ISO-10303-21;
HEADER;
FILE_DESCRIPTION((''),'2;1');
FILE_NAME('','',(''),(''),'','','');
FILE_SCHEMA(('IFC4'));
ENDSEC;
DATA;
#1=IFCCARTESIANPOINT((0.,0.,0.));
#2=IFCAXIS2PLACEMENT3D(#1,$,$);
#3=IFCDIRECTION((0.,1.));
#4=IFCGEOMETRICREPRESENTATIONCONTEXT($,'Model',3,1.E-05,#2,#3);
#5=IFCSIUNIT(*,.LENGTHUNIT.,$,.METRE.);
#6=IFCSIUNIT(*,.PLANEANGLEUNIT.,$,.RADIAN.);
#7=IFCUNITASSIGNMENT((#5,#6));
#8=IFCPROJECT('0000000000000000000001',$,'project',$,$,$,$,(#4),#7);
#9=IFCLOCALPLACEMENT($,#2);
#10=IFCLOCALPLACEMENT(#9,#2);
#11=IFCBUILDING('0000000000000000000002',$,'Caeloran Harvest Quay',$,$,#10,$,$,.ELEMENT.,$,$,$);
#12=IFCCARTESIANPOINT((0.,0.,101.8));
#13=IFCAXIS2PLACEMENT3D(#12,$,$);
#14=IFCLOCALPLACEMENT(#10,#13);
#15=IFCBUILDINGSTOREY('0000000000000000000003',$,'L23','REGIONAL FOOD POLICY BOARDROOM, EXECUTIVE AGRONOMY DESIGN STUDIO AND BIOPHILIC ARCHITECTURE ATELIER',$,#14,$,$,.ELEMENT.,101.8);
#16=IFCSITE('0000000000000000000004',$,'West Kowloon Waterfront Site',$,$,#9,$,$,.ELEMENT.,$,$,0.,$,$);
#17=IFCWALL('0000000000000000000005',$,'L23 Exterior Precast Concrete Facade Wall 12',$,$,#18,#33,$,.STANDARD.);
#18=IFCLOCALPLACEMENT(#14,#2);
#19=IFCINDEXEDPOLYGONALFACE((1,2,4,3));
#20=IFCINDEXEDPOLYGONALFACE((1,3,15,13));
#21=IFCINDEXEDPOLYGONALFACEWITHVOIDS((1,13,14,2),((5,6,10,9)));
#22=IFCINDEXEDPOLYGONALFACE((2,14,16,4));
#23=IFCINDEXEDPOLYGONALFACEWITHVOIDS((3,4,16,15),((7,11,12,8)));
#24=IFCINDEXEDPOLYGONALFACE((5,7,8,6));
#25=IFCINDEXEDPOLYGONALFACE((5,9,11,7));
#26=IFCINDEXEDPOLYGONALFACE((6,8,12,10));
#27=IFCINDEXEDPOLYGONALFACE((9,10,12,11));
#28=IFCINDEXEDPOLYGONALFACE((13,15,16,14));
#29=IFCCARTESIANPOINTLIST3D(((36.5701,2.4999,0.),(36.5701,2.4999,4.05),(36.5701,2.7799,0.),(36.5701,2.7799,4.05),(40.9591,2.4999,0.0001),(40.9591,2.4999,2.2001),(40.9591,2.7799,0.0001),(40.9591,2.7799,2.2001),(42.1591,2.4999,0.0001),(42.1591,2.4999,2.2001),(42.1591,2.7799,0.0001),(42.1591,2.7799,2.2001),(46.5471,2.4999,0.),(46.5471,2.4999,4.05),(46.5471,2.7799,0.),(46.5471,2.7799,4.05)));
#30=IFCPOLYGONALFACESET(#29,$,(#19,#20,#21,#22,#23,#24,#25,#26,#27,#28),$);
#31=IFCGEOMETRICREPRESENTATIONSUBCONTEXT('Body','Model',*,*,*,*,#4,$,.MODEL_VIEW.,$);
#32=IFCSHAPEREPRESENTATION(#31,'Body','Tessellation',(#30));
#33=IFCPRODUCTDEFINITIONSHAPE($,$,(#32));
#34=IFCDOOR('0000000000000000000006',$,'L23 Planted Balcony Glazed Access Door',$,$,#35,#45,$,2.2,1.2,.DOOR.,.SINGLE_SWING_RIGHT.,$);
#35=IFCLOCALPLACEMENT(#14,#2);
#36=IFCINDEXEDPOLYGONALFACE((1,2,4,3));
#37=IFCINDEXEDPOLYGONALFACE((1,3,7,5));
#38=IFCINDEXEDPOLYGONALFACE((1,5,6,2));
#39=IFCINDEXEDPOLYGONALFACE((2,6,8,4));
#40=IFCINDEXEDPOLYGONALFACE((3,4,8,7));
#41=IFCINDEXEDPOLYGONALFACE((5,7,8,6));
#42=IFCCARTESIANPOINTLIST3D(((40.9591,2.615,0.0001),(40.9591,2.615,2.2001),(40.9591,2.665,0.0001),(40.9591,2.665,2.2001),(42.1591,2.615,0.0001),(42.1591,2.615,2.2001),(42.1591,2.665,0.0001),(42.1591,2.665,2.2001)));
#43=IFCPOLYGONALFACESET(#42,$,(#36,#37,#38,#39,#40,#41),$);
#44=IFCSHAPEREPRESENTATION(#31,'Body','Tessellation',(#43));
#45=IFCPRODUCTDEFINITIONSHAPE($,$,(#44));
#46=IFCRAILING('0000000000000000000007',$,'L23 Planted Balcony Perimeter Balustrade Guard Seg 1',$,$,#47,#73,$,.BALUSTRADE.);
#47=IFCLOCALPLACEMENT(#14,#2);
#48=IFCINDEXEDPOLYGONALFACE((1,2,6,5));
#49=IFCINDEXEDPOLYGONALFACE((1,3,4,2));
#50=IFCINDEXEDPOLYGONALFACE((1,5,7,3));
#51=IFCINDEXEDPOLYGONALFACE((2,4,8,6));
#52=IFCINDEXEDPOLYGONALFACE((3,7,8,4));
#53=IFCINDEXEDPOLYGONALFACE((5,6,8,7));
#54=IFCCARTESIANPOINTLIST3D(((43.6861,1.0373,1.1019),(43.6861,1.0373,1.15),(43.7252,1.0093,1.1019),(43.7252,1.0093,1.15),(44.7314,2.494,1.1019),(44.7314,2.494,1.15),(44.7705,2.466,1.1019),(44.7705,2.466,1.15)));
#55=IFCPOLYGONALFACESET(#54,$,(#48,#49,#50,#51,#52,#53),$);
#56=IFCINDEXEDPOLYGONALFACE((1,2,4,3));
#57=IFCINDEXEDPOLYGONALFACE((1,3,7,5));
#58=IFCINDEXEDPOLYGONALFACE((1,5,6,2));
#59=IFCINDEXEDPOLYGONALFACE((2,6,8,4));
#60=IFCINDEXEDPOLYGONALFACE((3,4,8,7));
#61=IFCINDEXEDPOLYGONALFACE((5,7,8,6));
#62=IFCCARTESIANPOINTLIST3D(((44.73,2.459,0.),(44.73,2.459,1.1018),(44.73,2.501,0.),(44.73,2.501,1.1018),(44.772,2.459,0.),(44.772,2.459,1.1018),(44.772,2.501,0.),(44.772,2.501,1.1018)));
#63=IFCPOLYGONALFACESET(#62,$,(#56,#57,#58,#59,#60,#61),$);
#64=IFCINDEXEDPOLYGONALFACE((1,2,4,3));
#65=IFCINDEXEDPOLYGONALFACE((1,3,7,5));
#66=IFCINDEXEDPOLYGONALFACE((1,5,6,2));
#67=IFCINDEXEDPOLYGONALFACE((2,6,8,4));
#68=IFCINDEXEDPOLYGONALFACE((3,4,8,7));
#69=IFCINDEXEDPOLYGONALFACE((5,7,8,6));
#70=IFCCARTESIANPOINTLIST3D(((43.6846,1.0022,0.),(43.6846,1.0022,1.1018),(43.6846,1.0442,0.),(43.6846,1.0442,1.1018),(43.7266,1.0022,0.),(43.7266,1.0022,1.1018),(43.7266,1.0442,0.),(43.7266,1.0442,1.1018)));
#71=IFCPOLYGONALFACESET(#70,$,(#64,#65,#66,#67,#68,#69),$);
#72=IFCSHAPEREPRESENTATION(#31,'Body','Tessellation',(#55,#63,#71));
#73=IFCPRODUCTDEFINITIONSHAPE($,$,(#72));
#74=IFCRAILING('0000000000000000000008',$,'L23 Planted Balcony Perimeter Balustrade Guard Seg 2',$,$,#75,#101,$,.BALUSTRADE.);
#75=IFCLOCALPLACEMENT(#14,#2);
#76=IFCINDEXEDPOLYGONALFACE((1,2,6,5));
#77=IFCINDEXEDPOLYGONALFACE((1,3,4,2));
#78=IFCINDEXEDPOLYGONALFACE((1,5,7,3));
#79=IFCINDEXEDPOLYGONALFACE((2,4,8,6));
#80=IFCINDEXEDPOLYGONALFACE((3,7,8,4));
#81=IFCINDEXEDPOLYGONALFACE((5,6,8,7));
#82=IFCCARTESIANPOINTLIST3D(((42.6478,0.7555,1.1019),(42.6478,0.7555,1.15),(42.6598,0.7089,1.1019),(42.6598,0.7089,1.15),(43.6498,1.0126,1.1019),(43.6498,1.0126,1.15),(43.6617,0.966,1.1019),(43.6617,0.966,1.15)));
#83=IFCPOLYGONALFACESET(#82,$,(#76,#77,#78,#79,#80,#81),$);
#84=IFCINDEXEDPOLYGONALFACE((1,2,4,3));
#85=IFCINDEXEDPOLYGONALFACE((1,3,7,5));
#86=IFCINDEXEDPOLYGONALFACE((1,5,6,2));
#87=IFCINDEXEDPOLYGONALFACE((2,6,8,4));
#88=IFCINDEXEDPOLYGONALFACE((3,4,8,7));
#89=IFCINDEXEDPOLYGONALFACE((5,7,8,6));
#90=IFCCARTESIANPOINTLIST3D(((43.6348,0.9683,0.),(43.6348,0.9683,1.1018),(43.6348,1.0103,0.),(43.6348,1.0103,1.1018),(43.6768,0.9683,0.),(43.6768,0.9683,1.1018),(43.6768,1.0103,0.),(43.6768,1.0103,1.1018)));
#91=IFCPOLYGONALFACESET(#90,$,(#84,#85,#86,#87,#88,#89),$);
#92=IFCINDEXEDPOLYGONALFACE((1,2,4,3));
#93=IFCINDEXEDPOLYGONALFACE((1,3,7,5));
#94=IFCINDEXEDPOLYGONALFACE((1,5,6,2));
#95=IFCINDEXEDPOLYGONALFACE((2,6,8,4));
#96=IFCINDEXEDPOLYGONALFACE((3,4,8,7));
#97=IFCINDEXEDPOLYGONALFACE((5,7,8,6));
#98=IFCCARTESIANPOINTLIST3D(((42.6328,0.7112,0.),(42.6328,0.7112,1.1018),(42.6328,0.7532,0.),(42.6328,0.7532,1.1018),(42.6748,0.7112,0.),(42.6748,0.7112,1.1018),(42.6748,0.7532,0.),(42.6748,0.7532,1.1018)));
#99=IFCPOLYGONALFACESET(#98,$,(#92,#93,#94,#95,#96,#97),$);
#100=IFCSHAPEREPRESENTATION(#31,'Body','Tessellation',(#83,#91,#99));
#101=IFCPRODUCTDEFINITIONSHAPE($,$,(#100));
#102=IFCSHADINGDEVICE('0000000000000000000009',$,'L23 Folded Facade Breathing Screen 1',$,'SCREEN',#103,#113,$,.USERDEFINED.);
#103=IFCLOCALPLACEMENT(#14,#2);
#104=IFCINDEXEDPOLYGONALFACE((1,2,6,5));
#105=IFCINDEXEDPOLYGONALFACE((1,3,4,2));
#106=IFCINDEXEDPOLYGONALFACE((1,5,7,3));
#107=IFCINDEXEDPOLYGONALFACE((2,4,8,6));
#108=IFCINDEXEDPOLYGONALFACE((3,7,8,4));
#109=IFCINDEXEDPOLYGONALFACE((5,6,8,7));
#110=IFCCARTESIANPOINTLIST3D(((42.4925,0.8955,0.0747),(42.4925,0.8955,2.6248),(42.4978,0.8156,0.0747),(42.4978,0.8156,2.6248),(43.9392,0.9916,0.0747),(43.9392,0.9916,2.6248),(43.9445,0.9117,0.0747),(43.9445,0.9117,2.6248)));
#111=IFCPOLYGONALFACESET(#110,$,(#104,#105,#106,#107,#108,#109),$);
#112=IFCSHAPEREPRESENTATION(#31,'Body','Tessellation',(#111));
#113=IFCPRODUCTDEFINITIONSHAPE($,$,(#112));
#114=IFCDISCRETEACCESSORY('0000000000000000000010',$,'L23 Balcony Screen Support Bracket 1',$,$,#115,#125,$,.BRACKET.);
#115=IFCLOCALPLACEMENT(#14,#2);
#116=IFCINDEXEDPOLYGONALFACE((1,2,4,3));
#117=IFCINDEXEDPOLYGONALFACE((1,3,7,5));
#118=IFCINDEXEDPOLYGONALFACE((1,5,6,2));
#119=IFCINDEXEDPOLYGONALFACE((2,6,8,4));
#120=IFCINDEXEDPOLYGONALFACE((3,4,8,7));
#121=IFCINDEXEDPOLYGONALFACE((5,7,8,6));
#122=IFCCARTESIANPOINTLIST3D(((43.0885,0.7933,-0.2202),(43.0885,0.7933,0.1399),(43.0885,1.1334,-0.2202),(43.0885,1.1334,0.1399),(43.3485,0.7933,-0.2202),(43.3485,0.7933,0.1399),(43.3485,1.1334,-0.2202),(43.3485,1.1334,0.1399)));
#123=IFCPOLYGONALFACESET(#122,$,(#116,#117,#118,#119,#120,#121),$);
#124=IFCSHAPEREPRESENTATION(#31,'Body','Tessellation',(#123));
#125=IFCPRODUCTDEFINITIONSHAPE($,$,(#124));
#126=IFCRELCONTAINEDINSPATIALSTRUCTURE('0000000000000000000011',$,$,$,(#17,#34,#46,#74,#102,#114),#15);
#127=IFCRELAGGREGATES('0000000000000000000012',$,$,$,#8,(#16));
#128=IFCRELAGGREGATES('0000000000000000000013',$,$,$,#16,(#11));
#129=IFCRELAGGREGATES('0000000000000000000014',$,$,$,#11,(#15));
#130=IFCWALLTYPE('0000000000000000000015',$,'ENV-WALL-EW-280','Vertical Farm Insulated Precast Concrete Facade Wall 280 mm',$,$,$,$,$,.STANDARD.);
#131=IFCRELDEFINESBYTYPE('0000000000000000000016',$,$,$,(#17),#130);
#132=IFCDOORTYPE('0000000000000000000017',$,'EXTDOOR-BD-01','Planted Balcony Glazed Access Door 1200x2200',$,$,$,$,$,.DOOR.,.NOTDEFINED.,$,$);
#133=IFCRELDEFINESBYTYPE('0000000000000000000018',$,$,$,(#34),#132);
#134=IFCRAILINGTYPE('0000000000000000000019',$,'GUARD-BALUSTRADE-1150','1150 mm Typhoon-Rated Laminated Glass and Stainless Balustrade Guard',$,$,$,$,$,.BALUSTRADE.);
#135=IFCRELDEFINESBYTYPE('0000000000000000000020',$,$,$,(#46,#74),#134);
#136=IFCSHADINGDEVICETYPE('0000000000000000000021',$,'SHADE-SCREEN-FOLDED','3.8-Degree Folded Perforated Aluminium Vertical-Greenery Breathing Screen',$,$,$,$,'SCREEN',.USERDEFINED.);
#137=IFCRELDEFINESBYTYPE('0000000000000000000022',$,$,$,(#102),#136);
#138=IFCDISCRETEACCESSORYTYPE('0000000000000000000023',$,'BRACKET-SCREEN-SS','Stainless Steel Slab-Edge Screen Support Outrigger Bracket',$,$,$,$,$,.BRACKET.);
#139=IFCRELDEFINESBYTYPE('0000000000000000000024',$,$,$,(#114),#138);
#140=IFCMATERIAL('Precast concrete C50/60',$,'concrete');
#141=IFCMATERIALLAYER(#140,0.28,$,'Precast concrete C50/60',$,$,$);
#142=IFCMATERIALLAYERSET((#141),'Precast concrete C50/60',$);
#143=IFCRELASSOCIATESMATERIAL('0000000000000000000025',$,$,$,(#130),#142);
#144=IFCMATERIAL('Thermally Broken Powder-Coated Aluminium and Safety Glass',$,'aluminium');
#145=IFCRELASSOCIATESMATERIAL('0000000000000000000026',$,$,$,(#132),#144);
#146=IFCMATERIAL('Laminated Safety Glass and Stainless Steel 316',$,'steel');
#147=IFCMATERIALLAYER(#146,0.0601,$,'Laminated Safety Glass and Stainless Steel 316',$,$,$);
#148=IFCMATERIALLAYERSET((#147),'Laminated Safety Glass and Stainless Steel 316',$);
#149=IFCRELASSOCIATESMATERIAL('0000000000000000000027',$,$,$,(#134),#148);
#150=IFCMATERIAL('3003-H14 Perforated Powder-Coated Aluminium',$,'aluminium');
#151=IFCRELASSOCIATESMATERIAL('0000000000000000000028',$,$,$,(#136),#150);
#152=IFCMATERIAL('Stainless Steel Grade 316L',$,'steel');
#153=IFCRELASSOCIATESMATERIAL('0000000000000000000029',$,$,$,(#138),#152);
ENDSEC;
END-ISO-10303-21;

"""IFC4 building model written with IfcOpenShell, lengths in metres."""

from ifc_helpers import new_model, si_unit, direction, frame, frame_2d, origin, origin_2d, place, context, subcontext, project, spatial, rectangle, extrude, material, layer, layer_set, type_object, element, fill, save


model = new_model("IFC4")

# Units and contexts
model_context = context("Model", 3, precision=1e-05, world=origin(), true_north=direction((0.0, 1.0)))
body_context = subcontext(model_context, "Body", "Model", "MODEL_VIEW")
ifc_project = project(units=[si_unit("LENGTHUNIT", "METRE"), si_unit("PLANEANGLEUNIT", "RADIAN")], contexts=[model_context])

# Site, building, storey
site_placement = place(None, origin())
site = spatial("IfcSite", under=ifc_project, at=site_placement, Name="West Kowloon Waterfront Site", CompositionType="ELEMENT", RefElevation=0.0)
building_placement = place(site_placement, origin())
building = spatial("IfcBuilding", under=site, at=building_placement, Name="Caeloran Harvest Quay", CompositionType="ELEMENT")
storey_placement = place(building_placement, frame((0.0, 0.0, 101.8)))
storey = spatial("IfcBuildingStorey", under=building, at=storey_placement, Name="L23", Description="REGIONAL FOOD POLICY BOARDROOM, EXECUTIVE AGRONOMY DESIGN STUDIO AND BIOPHILIC ARCHITECTURE ATELIER", CompositionType="ELEMENT", Elevation=101.8)

# Shared definitions
ifc_material_1 = material(Name="Precast concrete C50/60", Category="concrete")

# Shared definitions
ifc_layer_1 = layer(ifc_material_1, 0.28, Name="Precast concrete C50/60")
ifc_layer_set_1 = layer_set([ifc_layer_1], Name="Precast concrete C50/60")
wall_type = type_object("IfcWallType", Name="ENV-WALL-EW-280", Description="Vertical Farm Insulated Precast Concrete Facade Wall 280 mm", PredefinedType="STANDARD", material=ifc_layer_set_1)

# Wall, opening, door
wall_1_placement = place(storey_placement, frame((46.5471, 2.6399, 0.0), z_axis=(0.0, 0.0, 1.0), x_axis=(-1.0, 0.0, 0.0)))
wall_1 = element("IfcWall", 1, at=wall_1_placement, inside=storey, type_object=wall_type, Name="L23 Exterior Precast Concrete Facade Wall 12", PredefinedType="STANDARD", context=body_context, shape_type="SweptSolid", body=[
    extrude(rectangle(XDim=9.9771, YDim=0.28, at=frame_2d((4.9885, 0.0))), origin(), (0.0, 0.0, 1.0), 4.05),
])
opening_placement = place(wall_1_placement, frame((4.3879, 0.0, 0.0)))
opening = element("IfcOpeningElement", 2, at=opening_placement, cuts=wall_1, PredefinedType="OPENING", context=body_context, shape_type="SweptSolid", body=[
    extrude(rectangle(XDim=1.2, YDim=2.2, at=frame_2d((0.6001, 1.1001))), frame((0.0, 0.1499, 0.0), z_axis=(0.0, -1.0, 0.0), x_axis=(1.0, 0.0, 0.0)), (0.0, 0.0, 1.0), 0.3),
])
ifc_material_2 = material(Name="Thermally Broken Powder-Coated Aluminium and Safety Glass", Category="aluminium")
door_type = type_object("IfcDoorType", Name="EXTDOOR-BD-01", Description="Planted Balcony Glazed Access Door 1200x2200", OperationType="NOTDEFINED", PredefinedType="DOOR", material=ifc_material_2)
door_placement = place(opening_placement, origin())
door = element("IfcDoor", 3, at=door_placement, inside=storey, type_object=door_type, Name="L23 Planted Balcony Glazed Access Door", OperationType="SINGLE_SWING_RIGHT", OverallHeight=2.2, OverallWidth=1.2, PredefinedType="DOOR", context=body_context, shape_type="SweptSolid", body=[
    extrude(rectangle(XDim=1.2, YDim=2.2, at=frame_2d((0.6001, 1.1001))), frame((0.0, 0.0249, 0.0), z_axis=(0.0, -1.0, 0.0), x_axis=(1.0, 0.0, 0.0)), (0.0, 0.0, 1.0), 0.05),
])
fill(opening, door)

# Railings
ifc_material_3 = material(Name="Laminated Safety Glass and Stainless Steel 316", Category="steel")
ifc_layer_2 = layer(ifc_material_3, 0.0601, Name="Laminated Safety Glass and Stainless Steel 316")
ifc_layer_set_2 = layer_set([ifc_layer_2], Name="Laminated Safety Glass and Stainless Steel 316")
railing_type = type_object("IfcRailingType", Name="GUARD-BALUSTRADE-1150", Description="1150 mm Typhoon-Rated Laminated Glass and Stainless Balustrade Guard", PredefinedType="BALUSTRADE", material=ifc_layer_set_2)
railing_1_placement = place(storey_placement, frame((44.751, 2.48, 0.0)))
element("IfcRailing", 4, at=railing_1_placement, inside=storey, type_object=railing_type, Name="L23 Planted Balcony Perimeter Balustrade Guard Seg 1", PredefinedType="BALUSTRADE", context=body_context, shape_type="SweptSolid", body=[
    extrude(rectangle(XDim=0.0481, YDim=0.0481, at=origin_2d()), frame((0.0, 0.0, 1.126), z_axis=(-0.583027, -0.812453, 0.0), x_axis=(0.812453, -0.583027, 0.0)), (0.0, 0.0, 1.0), 1.793),
    extrude(rectangle(XDim=0.042, YDim=0.042, at=origin_2d()), origin(), (0.0, 0.0, 1.0), 1.1018),
    extrude(rectangle(XDim=0.042, YDim=0.042, at=origin_2d()), frame((-1.0454, -1.4568, 0.0)), (0.0, 0.0, 1.0), 1.1018),
])
railing_2_placement = place(storey_placement, frame((43.6558, 0.9893, 0.0)))
element("IfcRailing", 5, at=railing_2_placement, inside=storey, type_object=railing_type, Name="L23 Planted Balcony Perimeter Balustrade Guard Seg 2", PredefinedType="BALUSTRADE", context=body_context, shape_type="SweptSolid", body=[
    extrude(rectangle(XDim=0.0481, YDim=0.0481, at=origin_2d()), frame((0.0, 0.0, 1.126), z_axis=(-0.968625, -0.248529, 0.0), x_axis=(0.248529, -0.968625, 0.0)), (0.0, 0.0, 1.0), 1.0344),
    extrude(rectangle(XDim=0.042, YDim=0.042, at=origin_2d()), origin(), (0.0, 0.0, 1.0), 1.1018),
    extrude(rectangle(XDim=0.042, YDim=0.042, at=origin_2d()), frame((-1.002, -0.2571, 0.0)), (0.0, 0.0, 1.0), 1.1018),
])

# Shading device
ifc_material_4 = material(Name="3003-H14 Perforated Powder-Coated Aluminium", Category="aluminium")
shading_device_type = type_object("IfcShadingDeviceType", Name="SHADE-SCREEN-FOLDED", Description="3.8-Degree Folded Perforated Aluminium Vertical-Greenery Breathing Screen", ElementType="SCREEN", PredefinedType="USERDEFINED", material=ifc_material_4)
shading_device_placement = place(storey_placement, frame((43.2185, 0.9036, 0.0747), z_axis=(0.0, 0.0, 1.0), x_axis=(0.997801, 0.066274, 0.0)))
element("IfcShadingDevice", 6, at=shading_device_placement, inside=storey, type_object=shading_device_type, Name="L23 Folded Facade Breathing Screen 1", ObjectType="SCREEN", PredefinedType="USERDEFINED", context=body_context, shape_type="SweptSolid", body=[
    extrude(rectangle(XDim=1.45, YDim=0.0801, at=origin_2d()), origin(), (0.0, 0.0, 1.0), 2.55),
])

# Discrete accessory
ifc_material_5 = material(Name="Stainless Steel Grade 316L", Category="steel")
discrete_accessory_type = type_object("IfcDiscreteAccessoryType", Name="BRACKET-SCREEN-SS", Description="Stainless Steel Slab-Edge Screen Support Outrigger Bracket", PredefinedType="BRACKET", material=ifc_material_5)
discrete_accessory_placement = place(storey_placement, frame((43.2185, 0.9634, -0.2202), z_axis=(0.0, 0.0, 1.0), x_axis=(1.0, 0.0, 0.0)))
element("IfcDiscreteAccessory", 7, at=discrete_accessory_placement, inside=storey, type_object=discrete_accessory_type, Name="L23 Balcony Screen Support Bracket 1", PredefinedType="BRACKET", context=body_context, shape_type="SweptSolid", body=[
    extrude(rectangle(XDim=0.26, YDim=0.3401, at=origin_2d()), origin(), (0.0, 0.0, 1.0), 0.3601),
])

save(model, "model.ifc")
